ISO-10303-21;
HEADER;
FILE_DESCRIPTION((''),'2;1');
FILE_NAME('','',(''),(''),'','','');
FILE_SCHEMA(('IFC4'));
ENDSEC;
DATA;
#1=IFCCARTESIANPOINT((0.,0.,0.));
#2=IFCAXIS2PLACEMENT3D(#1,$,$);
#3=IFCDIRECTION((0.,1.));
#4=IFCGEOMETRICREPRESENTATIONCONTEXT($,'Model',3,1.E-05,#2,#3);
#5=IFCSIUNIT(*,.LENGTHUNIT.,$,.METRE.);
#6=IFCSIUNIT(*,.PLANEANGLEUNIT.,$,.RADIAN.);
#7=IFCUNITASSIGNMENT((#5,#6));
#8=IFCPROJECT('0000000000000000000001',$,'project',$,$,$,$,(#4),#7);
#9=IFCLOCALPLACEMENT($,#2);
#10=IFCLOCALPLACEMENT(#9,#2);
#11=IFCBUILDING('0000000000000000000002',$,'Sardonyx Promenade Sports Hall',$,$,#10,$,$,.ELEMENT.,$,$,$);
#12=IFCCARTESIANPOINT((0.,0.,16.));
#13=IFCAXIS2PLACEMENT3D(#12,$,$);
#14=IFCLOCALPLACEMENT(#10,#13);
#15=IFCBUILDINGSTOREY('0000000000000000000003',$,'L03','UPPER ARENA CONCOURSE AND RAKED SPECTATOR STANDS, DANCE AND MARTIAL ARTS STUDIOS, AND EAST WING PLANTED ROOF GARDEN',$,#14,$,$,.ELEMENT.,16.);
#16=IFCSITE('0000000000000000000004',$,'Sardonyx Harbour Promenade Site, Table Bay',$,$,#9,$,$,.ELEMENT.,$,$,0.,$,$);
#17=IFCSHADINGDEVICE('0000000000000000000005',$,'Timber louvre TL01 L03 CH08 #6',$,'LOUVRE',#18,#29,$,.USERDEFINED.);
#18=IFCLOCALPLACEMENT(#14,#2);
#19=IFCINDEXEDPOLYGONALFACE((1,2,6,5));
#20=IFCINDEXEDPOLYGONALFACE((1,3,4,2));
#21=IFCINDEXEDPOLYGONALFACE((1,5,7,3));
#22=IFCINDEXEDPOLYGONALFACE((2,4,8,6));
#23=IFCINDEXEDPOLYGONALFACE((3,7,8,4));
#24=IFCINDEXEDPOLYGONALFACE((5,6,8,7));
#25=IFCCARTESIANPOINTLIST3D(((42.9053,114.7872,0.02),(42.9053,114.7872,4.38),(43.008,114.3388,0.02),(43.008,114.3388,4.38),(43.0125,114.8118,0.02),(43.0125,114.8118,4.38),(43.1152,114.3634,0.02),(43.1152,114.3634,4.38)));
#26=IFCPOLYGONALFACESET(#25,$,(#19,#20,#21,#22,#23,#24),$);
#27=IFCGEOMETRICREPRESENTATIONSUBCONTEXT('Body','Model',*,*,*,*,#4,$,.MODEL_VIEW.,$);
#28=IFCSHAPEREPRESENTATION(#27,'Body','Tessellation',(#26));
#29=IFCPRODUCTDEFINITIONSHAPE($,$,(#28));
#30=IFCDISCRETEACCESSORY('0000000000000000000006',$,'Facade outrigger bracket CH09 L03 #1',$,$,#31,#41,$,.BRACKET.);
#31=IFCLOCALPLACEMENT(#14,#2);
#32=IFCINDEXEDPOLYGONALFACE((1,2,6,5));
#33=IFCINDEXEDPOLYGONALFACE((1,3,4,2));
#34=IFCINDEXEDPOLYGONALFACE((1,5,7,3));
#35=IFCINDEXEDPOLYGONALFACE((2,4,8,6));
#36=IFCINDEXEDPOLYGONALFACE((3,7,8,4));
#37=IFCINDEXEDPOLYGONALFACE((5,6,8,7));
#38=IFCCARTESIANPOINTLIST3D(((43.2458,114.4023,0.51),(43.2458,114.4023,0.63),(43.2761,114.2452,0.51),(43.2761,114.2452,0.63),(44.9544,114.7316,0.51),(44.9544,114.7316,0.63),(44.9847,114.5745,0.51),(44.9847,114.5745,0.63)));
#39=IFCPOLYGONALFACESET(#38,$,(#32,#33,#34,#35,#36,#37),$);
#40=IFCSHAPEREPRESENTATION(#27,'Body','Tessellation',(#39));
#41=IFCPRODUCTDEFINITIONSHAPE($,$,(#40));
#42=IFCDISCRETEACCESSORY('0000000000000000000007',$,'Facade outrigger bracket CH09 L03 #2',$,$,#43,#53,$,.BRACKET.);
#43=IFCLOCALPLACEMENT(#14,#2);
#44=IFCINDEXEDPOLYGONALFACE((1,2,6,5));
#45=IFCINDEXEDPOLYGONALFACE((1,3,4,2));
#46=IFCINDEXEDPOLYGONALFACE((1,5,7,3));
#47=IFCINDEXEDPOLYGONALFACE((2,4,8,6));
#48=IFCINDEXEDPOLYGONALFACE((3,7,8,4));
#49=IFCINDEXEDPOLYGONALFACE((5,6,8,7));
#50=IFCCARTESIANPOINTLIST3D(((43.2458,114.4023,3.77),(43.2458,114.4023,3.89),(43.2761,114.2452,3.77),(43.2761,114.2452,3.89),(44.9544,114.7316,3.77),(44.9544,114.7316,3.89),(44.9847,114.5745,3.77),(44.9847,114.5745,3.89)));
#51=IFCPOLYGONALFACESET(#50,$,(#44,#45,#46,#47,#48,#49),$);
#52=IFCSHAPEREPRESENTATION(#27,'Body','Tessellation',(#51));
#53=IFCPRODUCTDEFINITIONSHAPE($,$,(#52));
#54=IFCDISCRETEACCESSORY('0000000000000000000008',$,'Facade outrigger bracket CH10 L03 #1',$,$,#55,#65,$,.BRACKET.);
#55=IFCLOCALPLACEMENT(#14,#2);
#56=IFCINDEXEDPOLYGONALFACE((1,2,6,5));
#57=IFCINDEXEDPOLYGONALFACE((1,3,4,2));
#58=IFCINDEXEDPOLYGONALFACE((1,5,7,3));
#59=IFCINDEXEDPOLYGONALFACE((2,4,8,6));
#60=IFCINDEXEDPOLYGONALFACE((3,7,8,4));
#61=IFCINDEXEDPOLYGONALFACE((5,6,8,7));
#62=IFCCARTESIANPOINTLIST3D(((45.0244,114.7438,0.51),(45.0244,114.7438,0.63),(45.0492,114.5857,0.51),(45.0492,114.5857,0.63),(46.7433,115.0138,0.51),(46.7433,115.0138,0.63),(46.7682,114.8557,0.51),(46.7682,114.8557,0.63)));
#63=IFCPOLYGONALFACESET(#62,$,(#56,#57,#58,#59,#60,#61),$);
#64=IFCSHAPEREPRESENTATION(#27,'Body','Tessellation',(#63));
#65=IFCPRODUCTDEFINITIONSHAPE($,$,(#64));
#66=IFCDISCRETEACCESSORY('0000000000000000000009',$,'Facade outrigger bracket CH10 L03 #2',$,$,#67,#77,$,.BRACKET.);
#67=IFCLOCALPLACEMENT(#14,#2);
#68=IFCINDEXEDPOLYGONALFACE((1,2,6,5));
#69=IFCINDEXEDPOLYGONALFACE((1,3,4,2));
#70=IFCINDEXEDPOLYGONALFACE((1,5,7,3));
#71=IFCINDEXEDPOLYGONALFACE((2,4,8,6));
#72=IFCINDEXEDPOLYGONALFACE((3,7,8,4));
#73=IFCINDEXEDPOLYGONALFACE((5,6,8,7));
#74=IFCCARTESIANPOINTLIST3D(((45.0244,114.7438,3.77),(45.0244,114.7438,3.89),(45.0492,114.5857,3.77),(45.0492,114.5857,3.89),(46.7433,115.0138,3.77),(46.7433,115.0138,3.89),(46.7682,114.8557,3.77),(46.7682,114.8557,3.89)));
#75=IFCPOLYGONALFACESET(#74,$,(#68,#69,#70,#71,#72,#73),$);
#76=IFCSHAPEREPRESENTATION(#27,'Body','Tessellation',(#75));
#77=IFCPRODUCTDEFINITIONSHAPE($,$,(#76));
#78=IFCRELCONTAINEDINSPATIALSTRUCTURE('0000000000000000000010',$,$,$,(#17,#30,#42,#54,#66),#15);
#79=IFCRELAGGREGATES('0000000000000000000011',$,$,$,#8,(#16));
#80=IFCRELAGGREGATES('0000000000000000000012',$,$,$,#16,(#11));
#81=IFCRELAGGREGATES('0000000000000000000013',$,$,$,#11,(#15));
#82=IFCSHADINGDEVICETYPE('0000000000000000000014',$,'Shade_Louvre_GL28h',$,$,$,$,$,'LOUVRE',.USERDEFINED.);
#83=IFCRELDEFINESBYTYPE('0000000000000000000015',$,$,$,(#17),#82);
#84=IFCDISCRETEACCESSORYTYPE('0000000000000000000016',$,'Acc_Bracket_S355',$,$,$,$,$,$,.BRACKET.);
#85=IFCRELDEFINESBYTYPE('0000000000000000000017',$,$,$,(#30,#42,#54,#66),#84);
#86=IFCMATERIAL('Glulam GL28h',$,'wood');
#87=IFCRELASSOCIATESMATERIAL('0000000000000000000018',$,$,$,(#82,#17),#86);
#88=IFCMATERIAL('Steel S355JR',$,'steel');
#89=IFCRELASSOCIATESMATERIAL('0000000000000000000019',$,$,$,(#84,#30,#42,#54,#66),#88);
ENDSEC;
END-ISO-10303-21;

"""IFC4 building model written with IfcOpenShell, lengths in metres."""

from ifc_helpers import new_model, si_unit, direction, frame, origin, place, context, subcontext, project, spatial, rectangle, extrude, material, type_object, element, save


model = new_model("IFC4")

# Units and contexts
model_context = context("Model", 3, precision=1e-05, world=origin(), true_north=direction((0.0, 1.0)))
body_context = subcontext(model_context, "Body", "Model", "MODEL_VIEW")
ifc_project = project(units=[si_unit("LENGTHUNIT", "METRE"), si_unit("PLANEANGLEUNIT", "RADIAN")], contexts=[model_context])

# Site, building, storey
site_placement = place(None, origin())
site = spatial("IfcSite", under=ifc_project, at=site_placement, Name="Sardonyx Harbour Promenade Site, Table Bay", CompositionType="ELEMENT", RefElevation=0.0)
building_placement = place(site_placement, origin())
building = spatial("IfcBuilding", under=site, at=building_placement, Name="Sardonyx Promenade Sports Hall", CompositionType="ELEMENT")
storey_placement = place(building_placement, frame((0.0, 0.0, 16.0)))
storey = spatial("IfcBuildingStorey", under=building, at=storey_placement, Name="L03", Description="UPPER ARENA CONCOURSE AND RAKED SPECTATOR STANDS, DANCE AND MARTIAL ARTS STUDIOS, AND EAST WING PLANTED ROOF GARDEN", CompositionType="ELEMENT", Elevation=16.0)

# Shading device
ifc_material_1 = material(Name="Glulam GL28h", Category="wood")
shading_device_type_1 = type_object("IfcShadingDeviceType", Name="Shade_Louvre_GL28h", ElementType="LOUVRE", PredefinedType="USERDEFINED", material=ifc_material_1)
shading_device_placement = place(storey_placement, frame((43.0102, 114.5753, 0.02), z_axis=(0.0, 0.0, 1.0), x_axis=(0.974792, 0.223117, 0.0)))
element("IfcShadingDevice", 1, at=shading_device_placement, inside=storey, type_object=shading_device_type_1, material=ifc_material_1, Name="Timber louvre TL01 L03 CH08 #6", ObjectType="LOUVRE", PredefinedType="USERDEFINED", context=body_context, shape_type="SweptSolid", body=[
    extrude(rectangle(XDim=0.11, YDim=0.46), origin(), (0.0, 0.0, 1.0), 4.36),
])

# Discrete accessories
ifc_material_2 = material(Name="Steel S355JR", Category="steel")
discrete_accessory_type = type_object("IfcDiscreteAccessoryType", Name="Acc_Bracket_S355", PredefinedType="BRACKET", material=ifc_material_2)
for number, where, z_axis, x_axis, name in (
    (2, (44.1153, 114.4884, 0.51), (0.0, 0.0, 1.0), (0.98193, 0.189246, 0.0), "Facade outrigger bracket CH09 L03 #1"),
    (3, (44.1153, 114.4884, 3.77), (0.0, 0.0, 1.0), (0.98193, 0.189246, 0.0), "Facade outrigger bracket CH09 L03 #2"),
    (4, (45.8963, 114.7997, 0.51), (0.0, 0.0, 1.0), (0.987891, 0.155148, 0.0), "Facade outrigger bracket CH10 L03 #1"),
    (5, (45.8963, 114.7997, 3.77), (0.0, 0.0, 1.0), (0.987891, 0.155148, 0.0), "Facade outrigger bracket CH10 L03 #2"),
):
    element("IfcDiscreteAccessory", number, at=place(storey_placement, frame(where, z_axis=z_axis, x_axis=x_axis)), inside=storey, type_object=discrete_accessory_type, material=ifc_material_2, Name=name, PredefinedType="BRACKET", context=body_context, shape_type="SweptSolid", body=[
        extrude(rectangle(XDim=1.74, YDim=0.16), origin(), (0.0, 0.0, 1.0), 0.12),
    ])

save(model, "model.ifc")
